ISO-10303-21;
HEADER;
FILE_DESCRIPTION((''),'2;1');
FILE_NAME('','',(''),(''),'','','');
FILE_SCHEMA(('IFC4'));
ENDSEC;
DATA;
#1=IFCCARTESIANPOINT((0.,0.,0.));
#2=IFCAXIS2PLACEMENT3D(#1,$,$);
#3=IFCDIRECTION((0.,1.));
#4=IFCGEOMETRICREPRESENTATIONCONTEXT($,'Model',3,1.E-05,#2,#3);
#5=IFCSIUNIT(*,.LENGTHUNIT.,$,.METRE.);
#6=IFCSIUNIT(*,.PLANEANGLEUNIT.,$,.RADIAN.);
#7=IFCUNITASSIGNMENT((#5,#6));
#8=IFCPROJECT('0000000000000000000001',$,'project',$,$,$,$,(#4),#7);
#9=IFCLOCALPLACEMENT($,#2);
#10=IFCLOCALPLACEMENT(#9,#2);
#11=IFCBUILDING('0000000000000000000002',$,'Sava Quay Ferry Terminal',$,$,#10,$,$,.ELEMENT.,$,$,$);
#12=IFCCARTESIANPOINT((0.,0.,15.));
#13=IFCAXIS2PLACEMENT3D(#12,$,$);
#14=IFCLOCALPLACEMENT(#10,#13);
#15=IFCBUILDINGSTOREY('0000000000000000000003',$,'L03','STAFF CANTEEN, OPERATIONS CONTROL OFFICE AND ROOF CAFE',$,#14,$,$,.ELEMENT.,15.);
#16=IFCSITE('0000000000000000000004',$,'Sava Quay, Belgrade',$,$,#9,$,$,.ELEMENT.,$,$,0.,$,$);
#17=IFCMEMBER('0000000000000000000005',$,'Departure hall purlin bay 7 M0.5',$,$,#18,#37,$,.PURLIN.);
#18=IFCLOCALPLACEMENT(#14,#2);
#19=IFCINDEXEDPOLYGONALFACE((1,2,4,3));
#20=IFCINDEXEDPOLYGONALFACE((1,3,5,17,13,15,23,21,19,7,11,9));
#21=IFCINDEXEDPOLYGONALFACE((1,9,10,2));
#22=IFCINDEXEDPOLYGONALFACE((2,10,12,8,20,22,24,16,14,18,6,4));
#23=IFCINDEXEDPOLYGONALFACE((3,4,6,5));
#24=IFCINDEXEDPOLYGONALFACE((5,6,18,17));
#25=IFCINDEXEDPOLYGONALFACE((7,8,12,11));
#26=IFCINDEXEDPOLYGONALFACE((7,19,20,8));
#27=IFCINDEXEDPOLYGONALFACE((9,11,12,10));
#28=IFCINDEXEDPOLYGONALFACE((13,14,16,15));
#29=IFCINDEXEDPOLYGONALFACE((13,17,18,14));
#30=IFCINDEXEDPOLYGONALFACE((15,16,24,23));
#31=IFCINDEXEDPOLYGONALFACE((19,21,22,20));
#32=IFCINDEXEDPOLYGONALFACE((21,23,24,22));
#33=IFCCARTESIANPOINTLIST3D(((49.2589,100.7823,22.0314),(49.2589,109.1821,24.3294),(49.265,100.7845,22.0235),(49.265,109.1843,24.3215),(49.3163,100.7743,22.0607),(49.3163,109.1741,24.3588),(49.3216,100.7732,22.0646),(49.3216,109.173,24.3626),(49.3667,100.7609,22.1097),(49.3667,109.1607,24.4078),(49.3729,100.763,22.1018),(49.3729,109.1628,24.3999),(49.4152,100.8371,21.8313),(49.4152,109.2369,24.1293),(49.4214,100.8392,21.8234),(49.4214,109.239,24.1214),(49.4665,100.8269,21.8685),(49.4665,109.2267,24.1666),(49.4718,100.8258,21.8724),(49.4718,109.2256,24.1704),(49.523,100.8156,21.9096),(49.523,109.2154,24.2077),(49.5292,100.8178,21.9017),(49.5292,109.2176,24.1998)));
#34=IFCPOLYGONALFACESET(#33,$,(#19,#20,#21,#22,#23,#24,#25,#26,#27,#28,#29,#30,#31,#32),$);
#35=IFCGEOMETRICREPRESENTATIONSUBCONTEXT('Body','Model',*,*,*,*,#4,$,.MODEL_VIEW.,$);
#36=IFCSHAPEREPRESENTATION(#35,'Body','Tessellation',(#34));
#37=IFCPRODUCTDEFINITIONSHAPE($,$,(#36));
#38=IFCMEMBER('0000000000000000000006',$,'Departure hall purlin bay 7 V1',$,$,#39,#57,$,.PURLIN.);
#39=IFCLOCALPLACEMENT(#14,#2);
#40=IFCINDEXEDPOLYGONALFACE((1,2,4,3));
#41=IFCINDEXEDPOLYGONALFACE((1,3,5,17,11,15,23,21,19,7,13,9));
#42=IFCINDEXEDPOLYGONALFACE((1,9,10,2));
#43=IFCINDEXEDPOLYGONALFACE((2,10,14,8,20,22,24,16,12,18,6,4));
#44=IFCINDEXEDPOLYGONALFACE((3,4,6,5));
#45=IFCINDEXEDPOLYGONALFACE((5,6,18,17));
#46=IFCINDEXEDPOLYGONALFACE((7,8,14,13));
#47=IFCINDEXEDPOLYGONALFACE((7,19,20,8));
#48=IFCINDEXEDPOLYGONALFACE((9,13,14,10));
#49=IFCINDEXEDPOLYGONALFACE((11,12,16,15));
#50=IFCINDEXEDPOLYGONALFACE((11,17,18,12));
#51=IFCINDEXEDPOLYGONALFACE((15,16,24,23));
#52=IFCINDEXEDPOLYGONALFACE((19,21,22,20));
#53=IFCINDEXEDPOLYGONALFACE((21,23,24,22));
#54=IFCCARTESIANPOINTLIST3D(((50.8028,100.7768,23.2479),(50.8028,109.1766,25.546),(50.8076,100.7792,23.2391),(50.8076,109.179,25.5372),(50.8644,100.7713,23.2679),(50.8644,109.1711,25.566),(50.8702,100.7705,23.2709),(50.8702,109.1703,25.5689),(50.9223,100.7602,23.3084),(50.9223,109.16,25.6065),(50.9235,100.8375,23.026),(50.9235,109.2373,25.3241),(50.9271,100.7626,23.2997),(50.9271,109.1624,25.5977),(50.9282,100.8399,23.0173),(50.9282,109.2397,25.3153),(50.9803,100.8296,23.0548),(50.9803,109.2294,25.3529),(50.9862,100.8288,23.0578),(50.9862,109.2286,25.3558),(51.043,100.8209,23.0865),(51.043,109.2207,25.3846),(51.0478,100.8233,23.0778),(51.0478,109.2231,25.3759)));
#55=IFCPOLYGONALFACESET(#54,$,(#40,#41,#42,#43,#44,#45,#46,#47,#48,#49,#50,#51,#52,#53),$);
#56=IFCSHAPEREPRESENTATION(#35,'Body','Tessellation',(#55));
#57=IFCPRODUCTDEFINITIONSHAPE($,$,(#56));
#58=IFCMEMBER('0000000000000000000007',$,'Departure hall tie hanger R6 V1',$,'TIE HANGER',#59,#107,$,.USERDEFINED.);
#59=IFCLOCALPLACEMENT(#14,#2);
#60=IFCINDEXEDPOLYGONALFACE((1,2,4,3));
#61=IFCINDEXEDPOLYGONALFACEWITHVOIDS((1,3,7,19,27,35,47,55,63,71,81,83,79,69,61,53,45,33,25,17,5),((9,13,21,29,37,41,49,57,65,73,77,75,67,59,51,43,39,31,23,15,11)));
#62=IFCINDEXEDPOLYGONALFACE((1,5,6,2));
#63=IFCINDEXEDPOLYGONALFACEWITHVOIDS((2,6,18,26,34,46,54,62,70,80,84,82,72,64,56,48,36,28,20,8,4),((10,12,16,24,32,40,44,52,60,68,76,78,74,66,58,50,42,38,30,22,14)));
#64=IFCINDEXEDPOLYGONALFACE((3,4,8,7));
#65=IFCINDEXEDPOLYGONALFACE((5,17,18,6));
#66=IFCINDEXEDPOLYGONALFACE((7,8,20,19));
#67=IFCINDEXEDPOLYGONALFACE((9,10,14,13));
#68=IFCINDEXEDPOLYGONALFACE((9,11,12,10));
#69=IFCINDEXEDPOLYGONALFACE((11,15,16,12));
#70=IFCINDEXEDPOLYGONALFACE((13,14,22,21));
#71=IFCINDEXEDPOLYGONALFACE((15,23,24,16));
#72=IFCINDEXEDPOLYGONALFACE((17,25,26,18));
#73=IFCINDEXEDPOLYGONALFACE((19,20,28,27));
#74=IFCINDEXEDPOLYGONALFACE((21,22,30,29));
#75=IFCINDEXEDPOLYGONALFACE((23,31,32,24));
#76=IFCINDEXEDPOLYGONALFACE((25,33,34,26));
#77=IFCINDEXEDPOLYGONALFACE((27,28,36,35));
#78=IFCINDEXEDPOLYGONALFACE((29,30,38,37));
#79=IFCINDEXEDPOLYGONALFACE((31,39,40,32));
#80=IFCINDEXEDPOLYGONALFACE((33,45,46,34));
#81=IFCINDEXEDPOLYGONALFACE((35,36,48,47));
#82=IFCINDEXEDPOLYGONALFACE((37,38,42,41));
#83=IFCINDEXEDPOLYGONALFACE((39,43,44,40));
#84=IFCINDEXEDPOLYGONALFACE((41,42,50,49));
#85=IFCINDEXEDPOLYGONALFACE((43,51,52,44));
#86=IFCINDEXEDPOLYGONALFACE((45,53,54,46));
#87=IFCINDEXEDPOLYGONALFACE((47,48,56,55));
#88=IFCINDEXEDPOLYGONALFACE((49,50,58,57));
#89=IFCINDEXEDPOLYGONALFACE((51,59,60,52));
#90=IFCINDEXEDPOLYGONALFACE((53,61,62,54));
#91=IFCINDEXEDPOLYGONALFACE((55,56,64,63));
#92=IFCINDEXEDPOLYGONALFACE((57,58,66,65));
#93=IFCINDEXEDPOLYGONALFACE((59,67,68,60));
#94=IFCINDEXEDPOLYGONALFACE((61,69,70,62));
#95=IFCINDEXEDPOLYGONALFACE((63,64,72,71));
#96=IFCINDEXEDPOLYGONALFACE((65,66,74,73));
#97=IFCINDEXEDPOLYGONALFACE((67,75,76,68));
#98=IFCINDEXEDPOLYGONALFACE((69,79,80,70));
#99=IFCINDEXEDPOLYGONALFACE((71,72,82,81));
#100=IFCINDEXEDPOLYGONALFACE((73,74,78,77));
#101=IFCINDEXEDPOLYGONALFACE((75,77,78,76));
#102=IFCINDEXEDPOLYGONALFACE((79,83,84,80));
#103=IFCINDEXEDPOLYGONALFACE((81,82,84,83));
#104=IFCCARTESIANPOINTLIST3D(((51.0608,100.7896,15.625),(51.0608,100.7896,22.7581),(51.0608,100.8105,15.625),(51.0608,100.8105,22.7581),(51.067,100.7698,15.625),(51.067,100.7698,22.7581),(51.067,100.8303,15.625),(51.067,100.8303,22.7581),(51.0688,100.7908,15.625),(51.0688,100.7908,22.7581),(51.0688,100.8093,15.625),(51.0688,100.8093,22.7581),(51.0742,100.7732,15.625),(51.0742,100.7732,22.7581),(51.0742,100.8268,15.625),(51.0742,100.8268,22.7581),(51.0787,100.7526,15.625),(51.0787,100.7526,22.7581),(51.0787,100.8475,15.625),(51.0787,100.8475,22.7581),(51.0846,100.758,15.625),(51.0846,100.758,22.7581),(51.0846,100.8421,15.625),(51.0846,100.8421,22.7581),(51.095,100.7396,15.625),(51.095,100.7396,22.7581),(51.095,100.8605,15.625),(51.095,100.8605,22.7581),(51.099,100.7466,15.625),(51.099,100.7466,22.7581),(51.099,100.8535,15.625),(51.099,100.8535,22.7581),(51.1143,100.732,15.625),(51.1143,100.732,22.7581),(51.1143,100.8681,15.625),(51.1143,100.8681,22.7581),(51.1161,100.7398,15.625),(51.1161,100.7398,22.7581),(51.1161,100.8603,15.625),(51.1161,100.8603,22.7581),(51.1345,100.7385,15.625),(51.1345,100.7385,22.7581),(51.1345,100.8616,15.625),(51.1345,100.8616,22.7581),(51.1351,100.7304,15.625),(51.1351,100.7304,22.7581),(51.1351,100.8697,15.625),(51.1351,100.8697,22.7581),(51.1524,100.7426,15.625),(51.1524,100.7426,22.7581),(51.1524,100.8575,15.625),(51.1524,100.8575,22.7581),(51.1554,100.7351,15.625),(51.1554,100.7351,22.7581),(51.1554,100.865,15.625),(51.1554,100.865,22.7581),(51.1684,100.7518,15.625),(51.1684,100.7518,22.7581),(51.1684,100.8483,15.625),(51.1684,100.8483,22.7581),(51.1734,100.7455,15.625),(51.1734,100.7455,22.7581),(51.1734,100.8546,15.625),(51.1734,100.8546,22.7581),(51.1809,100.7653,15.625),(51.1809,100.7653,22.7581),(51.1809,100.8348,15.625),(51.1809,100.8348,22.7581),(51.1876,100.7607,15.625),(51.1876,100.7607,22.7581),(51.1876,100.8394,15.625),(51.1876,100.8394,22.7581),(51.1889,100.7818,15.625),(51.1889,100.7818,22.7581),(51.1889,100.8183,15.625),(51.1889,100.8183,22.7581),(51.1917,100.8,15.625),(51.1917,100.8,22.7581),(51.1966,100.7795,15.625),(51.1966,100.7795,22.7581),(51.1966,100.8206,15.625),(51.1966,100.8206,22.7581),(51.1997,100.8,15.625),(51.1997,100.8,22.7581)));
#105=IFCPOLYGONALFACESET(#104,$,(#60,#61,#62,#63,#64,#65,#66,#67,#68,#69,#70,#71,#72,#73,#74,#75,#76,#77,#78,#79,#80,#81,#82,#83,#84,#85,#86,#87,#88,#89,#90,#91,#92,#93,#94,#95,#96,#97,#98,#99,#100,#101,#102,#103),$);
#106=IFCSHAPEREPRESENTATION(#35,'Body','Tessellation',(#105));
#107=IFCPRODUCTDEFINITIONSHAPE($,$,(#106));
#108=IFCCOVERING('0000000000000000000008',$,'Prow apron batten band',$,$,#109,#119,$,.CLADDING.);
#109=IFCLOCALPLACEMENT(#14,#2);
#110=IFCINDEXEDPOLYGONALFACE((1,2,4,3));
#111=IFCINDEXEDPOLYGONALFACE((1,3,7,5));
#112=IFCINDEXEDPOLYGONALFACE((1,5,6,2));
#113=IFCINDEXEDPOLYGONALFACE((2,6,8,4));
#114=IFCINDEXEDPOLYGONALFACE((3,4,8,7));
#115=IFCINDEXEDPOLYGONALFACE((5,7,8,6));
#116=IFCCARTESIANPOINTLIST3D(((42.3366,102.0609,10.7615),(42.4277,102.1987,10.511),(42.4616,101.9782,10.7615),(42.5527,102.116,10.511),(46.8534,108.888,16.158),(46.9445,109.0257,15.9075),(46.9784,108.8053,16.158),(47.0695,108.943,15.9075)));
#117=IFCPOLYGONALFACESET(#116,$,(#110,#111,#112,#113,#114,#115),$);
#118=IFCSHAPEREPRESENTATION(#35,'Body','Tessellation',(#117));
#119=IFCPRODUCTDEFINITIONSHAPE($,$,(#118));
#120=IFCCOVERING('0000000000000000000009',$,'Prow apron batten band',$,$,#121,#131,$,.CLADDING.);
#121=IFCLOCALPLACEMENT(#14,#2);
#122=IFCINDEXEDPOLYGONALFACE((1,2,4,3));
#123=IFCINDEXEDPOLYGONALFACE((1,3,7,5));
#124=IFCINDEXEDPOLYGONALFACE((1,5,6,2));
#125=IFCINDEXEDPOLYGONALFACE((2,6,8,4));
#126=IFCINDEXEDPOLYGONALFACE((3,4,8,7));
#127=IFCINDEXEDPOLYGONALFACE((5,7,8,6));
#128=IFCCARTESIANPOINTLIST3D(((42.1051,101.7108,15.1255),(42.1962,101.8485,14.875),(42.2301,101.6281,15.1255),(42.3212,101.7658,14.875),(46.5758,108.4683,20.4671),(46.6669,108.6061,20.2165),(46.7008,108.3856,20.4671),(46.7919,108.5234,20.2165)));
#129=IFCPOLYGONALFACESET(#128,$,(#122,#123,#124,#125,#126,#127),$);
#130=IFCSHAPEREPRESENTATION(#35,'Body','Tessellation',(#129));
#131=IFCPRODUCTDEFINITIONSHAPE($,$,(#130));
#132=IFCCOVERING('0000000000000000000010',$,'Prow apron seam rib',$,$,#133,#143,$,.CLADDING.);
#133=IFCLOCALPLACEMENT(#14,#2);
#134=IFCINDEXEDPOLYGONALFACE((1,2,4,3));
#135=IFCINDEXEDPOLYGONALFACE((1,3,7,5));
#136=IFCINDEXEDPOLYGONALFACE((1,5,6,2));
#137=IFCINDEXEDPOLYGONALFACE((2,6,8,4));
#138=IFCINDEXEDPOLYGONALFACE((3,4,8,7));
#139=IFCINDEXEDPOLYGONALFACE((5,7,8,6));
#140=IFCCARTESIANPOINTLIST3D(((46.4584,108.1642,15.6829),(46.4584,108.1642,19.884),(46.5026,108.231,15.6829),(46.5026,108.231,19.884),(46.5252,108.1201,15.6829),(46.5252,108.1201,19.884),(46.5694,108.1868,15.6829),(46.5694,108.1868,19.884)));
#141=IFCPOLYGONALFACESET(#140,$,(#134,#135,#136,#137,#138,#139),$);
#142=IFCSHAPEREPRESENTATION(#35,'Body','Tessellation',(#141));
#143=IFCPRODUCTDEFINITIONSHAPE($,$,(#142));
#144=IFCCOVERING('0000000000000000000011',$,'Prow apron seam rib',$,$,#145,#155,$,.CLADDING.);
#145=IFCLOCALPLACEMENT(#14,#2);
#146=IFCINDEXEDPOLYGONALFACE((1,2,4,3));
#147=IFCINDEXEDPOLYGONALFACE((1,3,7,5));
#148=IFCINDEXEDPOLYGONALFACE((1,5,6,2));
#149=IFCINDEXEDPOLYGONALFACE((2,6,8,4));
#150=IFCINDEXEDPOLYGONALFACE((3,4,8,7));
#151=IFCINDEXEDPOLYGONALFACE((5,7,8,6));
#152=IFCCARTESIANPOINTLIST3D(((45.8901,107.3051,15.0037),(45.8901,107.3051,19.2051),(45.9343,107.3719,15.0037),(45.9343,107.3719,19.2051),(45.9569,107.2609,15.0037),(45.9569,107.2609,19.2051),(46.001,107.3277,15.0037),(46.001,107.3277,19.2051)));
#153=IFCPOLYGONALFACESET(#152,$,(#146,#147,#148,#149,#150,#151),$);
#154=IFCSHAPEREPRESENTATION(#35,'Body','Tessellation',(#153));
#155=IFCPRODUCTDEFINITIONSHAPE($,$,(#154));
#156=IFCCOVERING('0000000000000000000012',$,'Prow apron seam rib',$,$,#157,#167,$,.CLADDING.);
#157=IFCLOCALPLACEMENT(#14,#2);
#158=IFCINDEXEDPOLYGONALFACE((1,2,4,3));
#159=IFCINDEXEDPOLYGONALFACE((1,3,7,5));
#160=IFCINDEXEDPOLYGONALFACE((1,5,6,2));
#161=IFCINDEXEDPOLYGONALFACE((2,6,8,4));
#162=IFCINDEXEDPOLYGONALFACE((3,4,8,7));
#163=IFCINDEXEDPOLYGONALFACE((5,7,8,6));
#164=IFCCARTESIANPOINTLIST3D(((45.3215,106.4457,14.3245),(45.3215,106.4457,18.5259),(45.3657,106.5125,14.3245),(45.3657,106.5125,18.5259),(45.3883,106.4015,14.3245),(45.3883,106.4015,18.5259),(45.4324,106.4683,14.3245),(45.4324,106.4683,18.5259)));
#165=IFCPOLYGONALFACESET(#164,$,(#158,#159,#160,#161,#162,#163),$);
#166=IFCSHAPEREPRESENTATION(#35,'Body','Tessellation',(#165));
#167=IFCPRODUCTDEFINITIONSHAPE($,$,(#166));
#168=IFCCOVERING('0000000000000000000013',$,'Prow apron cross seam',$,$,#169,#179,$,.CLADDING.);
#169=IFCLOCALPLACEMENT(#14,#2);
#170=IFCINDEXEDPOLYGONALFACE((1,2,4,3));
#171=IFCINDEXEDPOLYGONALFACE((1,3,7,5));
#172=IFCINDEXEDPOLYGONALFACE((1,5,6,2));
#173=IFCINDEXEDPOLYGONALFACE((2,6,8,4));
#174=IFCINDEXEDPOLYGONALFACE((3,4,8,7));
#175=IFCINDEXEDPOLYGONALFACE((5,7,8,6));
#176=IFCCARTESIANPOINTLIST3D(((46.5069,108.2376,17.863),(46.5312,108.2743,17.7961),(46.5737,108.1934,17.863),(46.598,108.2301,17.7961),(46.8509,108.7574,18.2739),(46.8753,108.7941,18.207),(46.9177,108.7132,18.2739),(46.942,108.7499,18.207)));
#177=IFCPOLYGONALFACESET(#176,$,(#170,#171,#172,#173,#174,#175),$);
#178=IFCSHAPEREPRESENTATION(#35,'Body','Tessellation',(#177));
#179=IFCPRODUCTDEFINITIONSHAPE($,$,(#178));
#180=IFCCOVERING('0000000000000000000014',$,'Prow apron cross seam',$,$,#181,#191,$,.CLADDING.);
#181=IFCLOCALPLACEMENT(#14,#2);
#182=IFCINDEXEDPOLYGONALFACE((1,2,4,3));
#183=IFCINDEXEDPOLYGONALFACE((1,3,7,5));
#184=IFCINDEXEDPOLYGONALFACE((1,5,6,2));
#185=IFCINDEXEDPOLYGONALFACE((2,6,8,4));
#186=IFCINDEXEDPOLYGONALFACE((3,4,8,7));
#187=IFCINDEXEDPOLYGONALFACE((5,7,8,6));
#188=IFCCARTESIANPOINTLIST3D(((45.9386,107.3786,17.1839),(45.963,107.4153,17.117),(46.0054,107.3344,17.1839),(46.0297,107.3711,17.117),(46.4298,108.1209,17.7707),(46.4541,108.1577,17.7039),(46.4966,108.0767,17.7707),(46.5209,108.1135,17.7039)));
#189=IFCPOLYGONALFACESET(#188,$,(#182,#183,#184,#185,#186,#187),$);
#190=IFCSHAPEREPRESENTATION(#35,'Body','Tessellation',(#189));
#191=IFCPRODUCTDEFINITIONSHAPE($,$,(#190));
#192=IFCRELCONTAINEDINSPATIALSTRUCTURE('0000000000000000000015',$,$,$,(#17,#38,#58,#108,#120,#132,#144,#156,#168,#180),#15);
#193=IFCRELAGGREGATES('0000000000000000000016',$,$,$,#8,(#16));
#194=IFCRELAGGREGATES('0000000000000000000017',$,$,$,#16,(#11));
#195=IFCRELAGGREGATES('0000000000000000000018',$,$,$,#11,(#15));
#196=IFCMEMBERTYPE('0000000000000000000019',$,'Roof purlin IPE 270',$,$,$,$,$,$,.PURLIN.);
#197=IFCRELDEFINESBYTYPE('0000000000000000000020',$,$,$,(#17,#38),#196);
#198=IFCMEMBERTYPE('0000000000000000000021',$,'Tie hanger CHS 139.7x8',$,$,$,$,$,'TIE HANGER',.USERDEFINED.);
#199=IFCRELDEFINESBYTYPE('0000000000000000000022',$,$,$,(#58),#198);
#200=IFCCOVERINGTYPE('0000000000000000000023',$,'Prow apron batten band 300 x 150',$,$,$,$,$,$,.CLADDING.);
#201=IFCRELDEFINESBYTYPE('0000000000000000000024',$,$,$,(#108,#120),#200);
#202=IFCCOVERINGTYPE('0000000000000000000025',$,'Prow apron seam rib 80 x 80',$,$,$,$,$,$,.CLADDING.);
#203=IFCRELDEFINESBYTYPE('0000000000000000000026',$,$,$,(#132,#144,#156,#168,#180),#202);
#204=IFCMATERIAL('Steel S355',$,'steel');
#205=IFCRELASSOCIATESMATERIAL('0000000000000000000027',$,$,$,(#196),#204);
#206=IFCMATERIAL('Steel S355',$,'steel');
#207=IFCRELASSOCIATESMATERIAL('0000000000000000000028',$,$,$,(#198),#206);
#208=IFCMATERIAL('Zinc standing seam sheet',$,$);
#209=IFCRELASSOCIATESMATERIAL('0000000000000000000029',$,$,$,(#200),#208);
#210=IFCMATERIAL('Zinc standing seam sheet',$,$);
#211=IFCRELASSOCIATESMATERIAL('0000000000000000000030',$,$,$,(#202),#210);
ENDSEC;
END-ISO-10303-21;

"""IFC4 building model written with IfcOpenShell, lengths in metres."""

from ifc_helpers import new_model, si_unit, direction, frame, origin, origin_2d, place, context, subcontext, project, spatial, rectangle, hollow_circle, i_section, extrude, material, material_profile, profile_set, type_object, element, save


model = new_model("IFC4")

# Units and contexts
model_context = context("Model", 3, precision=1e-05, world=origin(), true_north=direction((0.0, 1.0)))
body_context = subcontext(model_context, "Body", "Model", "MODEL_VIEW")
ifc_project = project(units=[si_unit("LENGTHUNIT", "METRE"), si_unit("PLANEANGLEUNIT", "RADIAN")], contexts=[model_context])

# Site, building, storey
site_placement = place(None, origin())
site = spatial("IfcSite", under=ifc_project, at=site_placement, Name="Sava Quay, Belgrade", CompositionType="ELEMENT", RefElevation=0.0)
building_placement = place(site_placement, origin())
building = spatial("IfcBuilding", under=site, at=building_placement, Name="Sava Quay Ferry Terminal", CompositionType="ELEMENT")
storey_placement = place(building_placement, frame((0.0, 0.0, 15.0)))
storey = spatial("IfcBuildingStorey", under=building, at=storey_placement, Name="L03", Description="STAFF CANTEEN, OPERATIONS CONTROL OFFICE AND ROOF CAFE", CompositionType="ELEMENT", Elevation=15.0)

# Members
ifc_material_1 = material(Name="Steel S355", Category="steel")
ifc_material_profile_1 = material_profile(ifc_material_1, i_section(OverallWidth=0.135, OverallDepth=0.27, WebThickness=0.0066, FlangeThickness=0.0103, at=origin_2d()), Name="IPE 270")
ifc_profile_set_1 = profile_set([ifc_material_profile_1], Name="Steel S355")
member_type_1 = type_object("IfcMemberType", Name="Roof purlin IPE 270", PredefinedType="PURLIN", material=ifc_profile_set_1)
for number, where, z_axis, x_axis, name in (
    (1, (49.394, 100.8, 21.9666), (0.0, 0.964553, 0.263888), (-0.79862, 0.158817, -0.580502), "Departure hall purlin bay 7 M0.5"),
    (2, (50.9253, 100.8, 23.1628), (0.0, 0.964553, 0.263888), (-0.885499, 0.122613, -0.448171), "Departure hall purlin bay 7 V1"),
):
    element("IfcMember", number, at=place(storey_placement, frame(where, z_axis=z_axis, x_axis=x_axis)), inside=storey, type_object=member_type_1, Name=name, PredefinedType="PURLIN", context=body_context, shape_type="SweptSolid", body=[
        extrude(i_section(OverallWidth=0.135, OverallDepth=0.27, WebThickness=0.0066, FlangeThickness=0.0103, at=origin_2d()), origin(), (0.0, 0.0, 1.0), 8.7085),
    ])
ifc_material_2 = material(Name="Steel S355", Category="steel")
ifc_material_profile_2 = material_profile(ifc_material_2, hollow_circle(Radius=0.0698, WallThickness=0.0081, at=origin_2d()), Name="CHS 139.7 x 8.0")
ifc_profile_set_2 = profile_set([ifc_material_profile_2], Name="Steel S355")
member_type_2 = type_object("IfcMemberType", Name="Tie hanger CHS 139.7x8", ElementType="TIE HANGER", PredefinedType="USERDEFINED", material=ifc_profile_set_2)
member_1_placement = place(storey_placement, frame((51.1299, 100.8, 15.625), z_axis=(0.0, 0.0, 1.0), x_axis=(1.0, 0.0, 0.0)))
element("IfcMember", 3, at=member_1_placement, inside=storey, type_object=member_type_2, Name="Departure hall tie hanger R6 V1", ObjectType="TIE HANGER", PredefinedType="USERDEFINED", context=body_context, shape_type="SweptSolid", body=[
    extrude(hollow_circle(Radius=0.0698, WallThickness=0.0081, at=origin_2d()), origin(), (0.0, 0.0, 1.0), 7.1331),
])

# Coverings
ifc_material_3 = material(Name="Zinc standing seam sheet")
ifc_material_profile_3 = material_profile(ifc_material_3, rectangle(XDim=0.3, YDim=0.1499, at=origin_2d()), Name="Strip 300 x 150")
ifc_profile_set_3 = profile_set([ifc_material_profile_3], Name="Zinc standing seam sheet")
covering_type_1 = type_object("IfcCoveringType", Name="Prow apron batten band 300 x 150", PredefinedType="CLADDING", material=ifc_profile_set_3)
covering_1_placement = place(storey_placement, frame((46.9614, 108.9155, 16.0327), z_axis=(-0.460677, -0.696308, -0.550393), x_axis=(-0.303691, -0.459025, 0.834906)))
element("IfcCovering", 4, at=covering_1_placement, inside=storey, type_object=covering_type_1, Name="Prow apron batten band", PredefinedType="CLADDING", context=body_context, shape_type="SweptSolid", body=[
    extrude(rectangle(XDim=0.3, YDim=0.1499, at=origin_2d()), origin(), (0.0, 0.0, 1.0), 9.8047),
])
covering_2_placement = place(storey_placement, frame((46.6838, 108.4958, 20.3418), z_axis=(-0.460667, -0.696308, -0.5504), x_axis=(-0.30369, -0.459035, 0.834901)))
element("IfcCovering", 5, at=covering_2_placement, inside=storey, type_object=covering_type_1, Name="Prow apron batten band", PredefinedType="CLADDING", context=body_context, shape_type="SweptSolid", body=[
    extrude(rectangle(XDim=0.3, YDim=0.1499, at=origin_2d()), origin(), (0.0, 0.0, 1.0), 9.7048),
])
ifc_material_4 = material(Name="Zinc standing seam sheet")
ifc_material_profile_4 = material_profile(ifc_material_4, rectangle(XDim=0.0801, YDim=0.0801, at=origin_2d()), Name="Strip 80 x 80")
ifc_profile_set_4 = profile_set([ifc_material_profile_4], Name="Zinc standing seam sheet")
covering_type_2 = type_object("IfcCoveringType", Name="Prow apron seam rib 80 x 80", PredefinedType="CLADDING", material=ifc_profile_set_4)
covering_3_placement = place(storey_placement, frame((46.5139, 108.1755, 15.6829), z_axis=(0.0, 0.0, 1.0), x_axis=(0.551771, 0.833996, 0.0)))
element("IfcCovering", 6, at=covering_3_placement, inside=storey, type_object=covering_type_2, Name="Prow apron seam rib", PredefinedType="CLADDING", context=body_context, shape_type="SweptSolid", body=[
    extrude(rectangle(XDim=0.0801, YDim=0.0801, at=origin_2d()), origin(), (0.0, 0.0, 1.0), 4.2012),
])
for number, where, z_axis, x_axis, name in (
    (7, (45.9456, 107.3164, 15.0037), (0.0, 0.0, 1.0), (0.551771, 0.833996, 0.0), "Prow apron seam rib"),
    (8, (45.377, 106.457, 14.3245), (0.0, 0.0, 1.0), (0.551771, 0.833996, 0.0), "Prow apron seam rib"),
):
    element("IfcCovering", number, at=place(storey_placement, frame(where, z_axis=z_axis, x_axis=x_axis)), inside=storey, type_object=covering_type_2, Name=name, PredefinedType="CLADDING", context=body_context, shape_type="SweptSolid", body=[
        extrude(rectangle(XDim=0.0801, YDim=0.0801, at=origin_2d()), origin(), (0.0, 0.0, 1.0), 4.2014),
    ])
covering_4_placement = place(storey_placement, frame((46.8965, 108.7537, 18.2405), z_axis=(-0.460782, -0.696242, -0.550388), x_axis=(-0.303756, -0.458976, 0.834909)))
element("IfcCovering", 9, at=covering_4_placement, inside=storey, type_object=covering_type_2, Name="Prow apron cross seam", PredefinedType="CLADDING", context=body_context, shape_type="SweptSolid", body=[
    extrude(rectangle(XDim=0.0801, YDim=0.0801, at=origin_2d()), origin(), (0.0, 0.0, 1.0), 0.7466),
])
for number, where, z_axis, x_axis, name in (
    (10, (46.4753, 108.1172, 17.7373), (-0.460676, -0.69628, -0.55043), (-0.303719, -0.459051, 0.834882), "Prow apron cross seam"),
):
    element("IfcCovering", number, at=place(storey_placement, frame(where, z_axis=z_axis, x_axis=x_axis)), inside=storey, type_object=covering_type_2, Name=name, PredefinedType="CLADDING", context=body_context, shape_type="SweptSolid", body=[
        extrude(rectangle(XDim=0.0801, YDim=0.0801, at=origin_2d()), origin(), (0.0, 0.0, 1.0), 1.0662),
    ])

save(model, "model.ifc")
